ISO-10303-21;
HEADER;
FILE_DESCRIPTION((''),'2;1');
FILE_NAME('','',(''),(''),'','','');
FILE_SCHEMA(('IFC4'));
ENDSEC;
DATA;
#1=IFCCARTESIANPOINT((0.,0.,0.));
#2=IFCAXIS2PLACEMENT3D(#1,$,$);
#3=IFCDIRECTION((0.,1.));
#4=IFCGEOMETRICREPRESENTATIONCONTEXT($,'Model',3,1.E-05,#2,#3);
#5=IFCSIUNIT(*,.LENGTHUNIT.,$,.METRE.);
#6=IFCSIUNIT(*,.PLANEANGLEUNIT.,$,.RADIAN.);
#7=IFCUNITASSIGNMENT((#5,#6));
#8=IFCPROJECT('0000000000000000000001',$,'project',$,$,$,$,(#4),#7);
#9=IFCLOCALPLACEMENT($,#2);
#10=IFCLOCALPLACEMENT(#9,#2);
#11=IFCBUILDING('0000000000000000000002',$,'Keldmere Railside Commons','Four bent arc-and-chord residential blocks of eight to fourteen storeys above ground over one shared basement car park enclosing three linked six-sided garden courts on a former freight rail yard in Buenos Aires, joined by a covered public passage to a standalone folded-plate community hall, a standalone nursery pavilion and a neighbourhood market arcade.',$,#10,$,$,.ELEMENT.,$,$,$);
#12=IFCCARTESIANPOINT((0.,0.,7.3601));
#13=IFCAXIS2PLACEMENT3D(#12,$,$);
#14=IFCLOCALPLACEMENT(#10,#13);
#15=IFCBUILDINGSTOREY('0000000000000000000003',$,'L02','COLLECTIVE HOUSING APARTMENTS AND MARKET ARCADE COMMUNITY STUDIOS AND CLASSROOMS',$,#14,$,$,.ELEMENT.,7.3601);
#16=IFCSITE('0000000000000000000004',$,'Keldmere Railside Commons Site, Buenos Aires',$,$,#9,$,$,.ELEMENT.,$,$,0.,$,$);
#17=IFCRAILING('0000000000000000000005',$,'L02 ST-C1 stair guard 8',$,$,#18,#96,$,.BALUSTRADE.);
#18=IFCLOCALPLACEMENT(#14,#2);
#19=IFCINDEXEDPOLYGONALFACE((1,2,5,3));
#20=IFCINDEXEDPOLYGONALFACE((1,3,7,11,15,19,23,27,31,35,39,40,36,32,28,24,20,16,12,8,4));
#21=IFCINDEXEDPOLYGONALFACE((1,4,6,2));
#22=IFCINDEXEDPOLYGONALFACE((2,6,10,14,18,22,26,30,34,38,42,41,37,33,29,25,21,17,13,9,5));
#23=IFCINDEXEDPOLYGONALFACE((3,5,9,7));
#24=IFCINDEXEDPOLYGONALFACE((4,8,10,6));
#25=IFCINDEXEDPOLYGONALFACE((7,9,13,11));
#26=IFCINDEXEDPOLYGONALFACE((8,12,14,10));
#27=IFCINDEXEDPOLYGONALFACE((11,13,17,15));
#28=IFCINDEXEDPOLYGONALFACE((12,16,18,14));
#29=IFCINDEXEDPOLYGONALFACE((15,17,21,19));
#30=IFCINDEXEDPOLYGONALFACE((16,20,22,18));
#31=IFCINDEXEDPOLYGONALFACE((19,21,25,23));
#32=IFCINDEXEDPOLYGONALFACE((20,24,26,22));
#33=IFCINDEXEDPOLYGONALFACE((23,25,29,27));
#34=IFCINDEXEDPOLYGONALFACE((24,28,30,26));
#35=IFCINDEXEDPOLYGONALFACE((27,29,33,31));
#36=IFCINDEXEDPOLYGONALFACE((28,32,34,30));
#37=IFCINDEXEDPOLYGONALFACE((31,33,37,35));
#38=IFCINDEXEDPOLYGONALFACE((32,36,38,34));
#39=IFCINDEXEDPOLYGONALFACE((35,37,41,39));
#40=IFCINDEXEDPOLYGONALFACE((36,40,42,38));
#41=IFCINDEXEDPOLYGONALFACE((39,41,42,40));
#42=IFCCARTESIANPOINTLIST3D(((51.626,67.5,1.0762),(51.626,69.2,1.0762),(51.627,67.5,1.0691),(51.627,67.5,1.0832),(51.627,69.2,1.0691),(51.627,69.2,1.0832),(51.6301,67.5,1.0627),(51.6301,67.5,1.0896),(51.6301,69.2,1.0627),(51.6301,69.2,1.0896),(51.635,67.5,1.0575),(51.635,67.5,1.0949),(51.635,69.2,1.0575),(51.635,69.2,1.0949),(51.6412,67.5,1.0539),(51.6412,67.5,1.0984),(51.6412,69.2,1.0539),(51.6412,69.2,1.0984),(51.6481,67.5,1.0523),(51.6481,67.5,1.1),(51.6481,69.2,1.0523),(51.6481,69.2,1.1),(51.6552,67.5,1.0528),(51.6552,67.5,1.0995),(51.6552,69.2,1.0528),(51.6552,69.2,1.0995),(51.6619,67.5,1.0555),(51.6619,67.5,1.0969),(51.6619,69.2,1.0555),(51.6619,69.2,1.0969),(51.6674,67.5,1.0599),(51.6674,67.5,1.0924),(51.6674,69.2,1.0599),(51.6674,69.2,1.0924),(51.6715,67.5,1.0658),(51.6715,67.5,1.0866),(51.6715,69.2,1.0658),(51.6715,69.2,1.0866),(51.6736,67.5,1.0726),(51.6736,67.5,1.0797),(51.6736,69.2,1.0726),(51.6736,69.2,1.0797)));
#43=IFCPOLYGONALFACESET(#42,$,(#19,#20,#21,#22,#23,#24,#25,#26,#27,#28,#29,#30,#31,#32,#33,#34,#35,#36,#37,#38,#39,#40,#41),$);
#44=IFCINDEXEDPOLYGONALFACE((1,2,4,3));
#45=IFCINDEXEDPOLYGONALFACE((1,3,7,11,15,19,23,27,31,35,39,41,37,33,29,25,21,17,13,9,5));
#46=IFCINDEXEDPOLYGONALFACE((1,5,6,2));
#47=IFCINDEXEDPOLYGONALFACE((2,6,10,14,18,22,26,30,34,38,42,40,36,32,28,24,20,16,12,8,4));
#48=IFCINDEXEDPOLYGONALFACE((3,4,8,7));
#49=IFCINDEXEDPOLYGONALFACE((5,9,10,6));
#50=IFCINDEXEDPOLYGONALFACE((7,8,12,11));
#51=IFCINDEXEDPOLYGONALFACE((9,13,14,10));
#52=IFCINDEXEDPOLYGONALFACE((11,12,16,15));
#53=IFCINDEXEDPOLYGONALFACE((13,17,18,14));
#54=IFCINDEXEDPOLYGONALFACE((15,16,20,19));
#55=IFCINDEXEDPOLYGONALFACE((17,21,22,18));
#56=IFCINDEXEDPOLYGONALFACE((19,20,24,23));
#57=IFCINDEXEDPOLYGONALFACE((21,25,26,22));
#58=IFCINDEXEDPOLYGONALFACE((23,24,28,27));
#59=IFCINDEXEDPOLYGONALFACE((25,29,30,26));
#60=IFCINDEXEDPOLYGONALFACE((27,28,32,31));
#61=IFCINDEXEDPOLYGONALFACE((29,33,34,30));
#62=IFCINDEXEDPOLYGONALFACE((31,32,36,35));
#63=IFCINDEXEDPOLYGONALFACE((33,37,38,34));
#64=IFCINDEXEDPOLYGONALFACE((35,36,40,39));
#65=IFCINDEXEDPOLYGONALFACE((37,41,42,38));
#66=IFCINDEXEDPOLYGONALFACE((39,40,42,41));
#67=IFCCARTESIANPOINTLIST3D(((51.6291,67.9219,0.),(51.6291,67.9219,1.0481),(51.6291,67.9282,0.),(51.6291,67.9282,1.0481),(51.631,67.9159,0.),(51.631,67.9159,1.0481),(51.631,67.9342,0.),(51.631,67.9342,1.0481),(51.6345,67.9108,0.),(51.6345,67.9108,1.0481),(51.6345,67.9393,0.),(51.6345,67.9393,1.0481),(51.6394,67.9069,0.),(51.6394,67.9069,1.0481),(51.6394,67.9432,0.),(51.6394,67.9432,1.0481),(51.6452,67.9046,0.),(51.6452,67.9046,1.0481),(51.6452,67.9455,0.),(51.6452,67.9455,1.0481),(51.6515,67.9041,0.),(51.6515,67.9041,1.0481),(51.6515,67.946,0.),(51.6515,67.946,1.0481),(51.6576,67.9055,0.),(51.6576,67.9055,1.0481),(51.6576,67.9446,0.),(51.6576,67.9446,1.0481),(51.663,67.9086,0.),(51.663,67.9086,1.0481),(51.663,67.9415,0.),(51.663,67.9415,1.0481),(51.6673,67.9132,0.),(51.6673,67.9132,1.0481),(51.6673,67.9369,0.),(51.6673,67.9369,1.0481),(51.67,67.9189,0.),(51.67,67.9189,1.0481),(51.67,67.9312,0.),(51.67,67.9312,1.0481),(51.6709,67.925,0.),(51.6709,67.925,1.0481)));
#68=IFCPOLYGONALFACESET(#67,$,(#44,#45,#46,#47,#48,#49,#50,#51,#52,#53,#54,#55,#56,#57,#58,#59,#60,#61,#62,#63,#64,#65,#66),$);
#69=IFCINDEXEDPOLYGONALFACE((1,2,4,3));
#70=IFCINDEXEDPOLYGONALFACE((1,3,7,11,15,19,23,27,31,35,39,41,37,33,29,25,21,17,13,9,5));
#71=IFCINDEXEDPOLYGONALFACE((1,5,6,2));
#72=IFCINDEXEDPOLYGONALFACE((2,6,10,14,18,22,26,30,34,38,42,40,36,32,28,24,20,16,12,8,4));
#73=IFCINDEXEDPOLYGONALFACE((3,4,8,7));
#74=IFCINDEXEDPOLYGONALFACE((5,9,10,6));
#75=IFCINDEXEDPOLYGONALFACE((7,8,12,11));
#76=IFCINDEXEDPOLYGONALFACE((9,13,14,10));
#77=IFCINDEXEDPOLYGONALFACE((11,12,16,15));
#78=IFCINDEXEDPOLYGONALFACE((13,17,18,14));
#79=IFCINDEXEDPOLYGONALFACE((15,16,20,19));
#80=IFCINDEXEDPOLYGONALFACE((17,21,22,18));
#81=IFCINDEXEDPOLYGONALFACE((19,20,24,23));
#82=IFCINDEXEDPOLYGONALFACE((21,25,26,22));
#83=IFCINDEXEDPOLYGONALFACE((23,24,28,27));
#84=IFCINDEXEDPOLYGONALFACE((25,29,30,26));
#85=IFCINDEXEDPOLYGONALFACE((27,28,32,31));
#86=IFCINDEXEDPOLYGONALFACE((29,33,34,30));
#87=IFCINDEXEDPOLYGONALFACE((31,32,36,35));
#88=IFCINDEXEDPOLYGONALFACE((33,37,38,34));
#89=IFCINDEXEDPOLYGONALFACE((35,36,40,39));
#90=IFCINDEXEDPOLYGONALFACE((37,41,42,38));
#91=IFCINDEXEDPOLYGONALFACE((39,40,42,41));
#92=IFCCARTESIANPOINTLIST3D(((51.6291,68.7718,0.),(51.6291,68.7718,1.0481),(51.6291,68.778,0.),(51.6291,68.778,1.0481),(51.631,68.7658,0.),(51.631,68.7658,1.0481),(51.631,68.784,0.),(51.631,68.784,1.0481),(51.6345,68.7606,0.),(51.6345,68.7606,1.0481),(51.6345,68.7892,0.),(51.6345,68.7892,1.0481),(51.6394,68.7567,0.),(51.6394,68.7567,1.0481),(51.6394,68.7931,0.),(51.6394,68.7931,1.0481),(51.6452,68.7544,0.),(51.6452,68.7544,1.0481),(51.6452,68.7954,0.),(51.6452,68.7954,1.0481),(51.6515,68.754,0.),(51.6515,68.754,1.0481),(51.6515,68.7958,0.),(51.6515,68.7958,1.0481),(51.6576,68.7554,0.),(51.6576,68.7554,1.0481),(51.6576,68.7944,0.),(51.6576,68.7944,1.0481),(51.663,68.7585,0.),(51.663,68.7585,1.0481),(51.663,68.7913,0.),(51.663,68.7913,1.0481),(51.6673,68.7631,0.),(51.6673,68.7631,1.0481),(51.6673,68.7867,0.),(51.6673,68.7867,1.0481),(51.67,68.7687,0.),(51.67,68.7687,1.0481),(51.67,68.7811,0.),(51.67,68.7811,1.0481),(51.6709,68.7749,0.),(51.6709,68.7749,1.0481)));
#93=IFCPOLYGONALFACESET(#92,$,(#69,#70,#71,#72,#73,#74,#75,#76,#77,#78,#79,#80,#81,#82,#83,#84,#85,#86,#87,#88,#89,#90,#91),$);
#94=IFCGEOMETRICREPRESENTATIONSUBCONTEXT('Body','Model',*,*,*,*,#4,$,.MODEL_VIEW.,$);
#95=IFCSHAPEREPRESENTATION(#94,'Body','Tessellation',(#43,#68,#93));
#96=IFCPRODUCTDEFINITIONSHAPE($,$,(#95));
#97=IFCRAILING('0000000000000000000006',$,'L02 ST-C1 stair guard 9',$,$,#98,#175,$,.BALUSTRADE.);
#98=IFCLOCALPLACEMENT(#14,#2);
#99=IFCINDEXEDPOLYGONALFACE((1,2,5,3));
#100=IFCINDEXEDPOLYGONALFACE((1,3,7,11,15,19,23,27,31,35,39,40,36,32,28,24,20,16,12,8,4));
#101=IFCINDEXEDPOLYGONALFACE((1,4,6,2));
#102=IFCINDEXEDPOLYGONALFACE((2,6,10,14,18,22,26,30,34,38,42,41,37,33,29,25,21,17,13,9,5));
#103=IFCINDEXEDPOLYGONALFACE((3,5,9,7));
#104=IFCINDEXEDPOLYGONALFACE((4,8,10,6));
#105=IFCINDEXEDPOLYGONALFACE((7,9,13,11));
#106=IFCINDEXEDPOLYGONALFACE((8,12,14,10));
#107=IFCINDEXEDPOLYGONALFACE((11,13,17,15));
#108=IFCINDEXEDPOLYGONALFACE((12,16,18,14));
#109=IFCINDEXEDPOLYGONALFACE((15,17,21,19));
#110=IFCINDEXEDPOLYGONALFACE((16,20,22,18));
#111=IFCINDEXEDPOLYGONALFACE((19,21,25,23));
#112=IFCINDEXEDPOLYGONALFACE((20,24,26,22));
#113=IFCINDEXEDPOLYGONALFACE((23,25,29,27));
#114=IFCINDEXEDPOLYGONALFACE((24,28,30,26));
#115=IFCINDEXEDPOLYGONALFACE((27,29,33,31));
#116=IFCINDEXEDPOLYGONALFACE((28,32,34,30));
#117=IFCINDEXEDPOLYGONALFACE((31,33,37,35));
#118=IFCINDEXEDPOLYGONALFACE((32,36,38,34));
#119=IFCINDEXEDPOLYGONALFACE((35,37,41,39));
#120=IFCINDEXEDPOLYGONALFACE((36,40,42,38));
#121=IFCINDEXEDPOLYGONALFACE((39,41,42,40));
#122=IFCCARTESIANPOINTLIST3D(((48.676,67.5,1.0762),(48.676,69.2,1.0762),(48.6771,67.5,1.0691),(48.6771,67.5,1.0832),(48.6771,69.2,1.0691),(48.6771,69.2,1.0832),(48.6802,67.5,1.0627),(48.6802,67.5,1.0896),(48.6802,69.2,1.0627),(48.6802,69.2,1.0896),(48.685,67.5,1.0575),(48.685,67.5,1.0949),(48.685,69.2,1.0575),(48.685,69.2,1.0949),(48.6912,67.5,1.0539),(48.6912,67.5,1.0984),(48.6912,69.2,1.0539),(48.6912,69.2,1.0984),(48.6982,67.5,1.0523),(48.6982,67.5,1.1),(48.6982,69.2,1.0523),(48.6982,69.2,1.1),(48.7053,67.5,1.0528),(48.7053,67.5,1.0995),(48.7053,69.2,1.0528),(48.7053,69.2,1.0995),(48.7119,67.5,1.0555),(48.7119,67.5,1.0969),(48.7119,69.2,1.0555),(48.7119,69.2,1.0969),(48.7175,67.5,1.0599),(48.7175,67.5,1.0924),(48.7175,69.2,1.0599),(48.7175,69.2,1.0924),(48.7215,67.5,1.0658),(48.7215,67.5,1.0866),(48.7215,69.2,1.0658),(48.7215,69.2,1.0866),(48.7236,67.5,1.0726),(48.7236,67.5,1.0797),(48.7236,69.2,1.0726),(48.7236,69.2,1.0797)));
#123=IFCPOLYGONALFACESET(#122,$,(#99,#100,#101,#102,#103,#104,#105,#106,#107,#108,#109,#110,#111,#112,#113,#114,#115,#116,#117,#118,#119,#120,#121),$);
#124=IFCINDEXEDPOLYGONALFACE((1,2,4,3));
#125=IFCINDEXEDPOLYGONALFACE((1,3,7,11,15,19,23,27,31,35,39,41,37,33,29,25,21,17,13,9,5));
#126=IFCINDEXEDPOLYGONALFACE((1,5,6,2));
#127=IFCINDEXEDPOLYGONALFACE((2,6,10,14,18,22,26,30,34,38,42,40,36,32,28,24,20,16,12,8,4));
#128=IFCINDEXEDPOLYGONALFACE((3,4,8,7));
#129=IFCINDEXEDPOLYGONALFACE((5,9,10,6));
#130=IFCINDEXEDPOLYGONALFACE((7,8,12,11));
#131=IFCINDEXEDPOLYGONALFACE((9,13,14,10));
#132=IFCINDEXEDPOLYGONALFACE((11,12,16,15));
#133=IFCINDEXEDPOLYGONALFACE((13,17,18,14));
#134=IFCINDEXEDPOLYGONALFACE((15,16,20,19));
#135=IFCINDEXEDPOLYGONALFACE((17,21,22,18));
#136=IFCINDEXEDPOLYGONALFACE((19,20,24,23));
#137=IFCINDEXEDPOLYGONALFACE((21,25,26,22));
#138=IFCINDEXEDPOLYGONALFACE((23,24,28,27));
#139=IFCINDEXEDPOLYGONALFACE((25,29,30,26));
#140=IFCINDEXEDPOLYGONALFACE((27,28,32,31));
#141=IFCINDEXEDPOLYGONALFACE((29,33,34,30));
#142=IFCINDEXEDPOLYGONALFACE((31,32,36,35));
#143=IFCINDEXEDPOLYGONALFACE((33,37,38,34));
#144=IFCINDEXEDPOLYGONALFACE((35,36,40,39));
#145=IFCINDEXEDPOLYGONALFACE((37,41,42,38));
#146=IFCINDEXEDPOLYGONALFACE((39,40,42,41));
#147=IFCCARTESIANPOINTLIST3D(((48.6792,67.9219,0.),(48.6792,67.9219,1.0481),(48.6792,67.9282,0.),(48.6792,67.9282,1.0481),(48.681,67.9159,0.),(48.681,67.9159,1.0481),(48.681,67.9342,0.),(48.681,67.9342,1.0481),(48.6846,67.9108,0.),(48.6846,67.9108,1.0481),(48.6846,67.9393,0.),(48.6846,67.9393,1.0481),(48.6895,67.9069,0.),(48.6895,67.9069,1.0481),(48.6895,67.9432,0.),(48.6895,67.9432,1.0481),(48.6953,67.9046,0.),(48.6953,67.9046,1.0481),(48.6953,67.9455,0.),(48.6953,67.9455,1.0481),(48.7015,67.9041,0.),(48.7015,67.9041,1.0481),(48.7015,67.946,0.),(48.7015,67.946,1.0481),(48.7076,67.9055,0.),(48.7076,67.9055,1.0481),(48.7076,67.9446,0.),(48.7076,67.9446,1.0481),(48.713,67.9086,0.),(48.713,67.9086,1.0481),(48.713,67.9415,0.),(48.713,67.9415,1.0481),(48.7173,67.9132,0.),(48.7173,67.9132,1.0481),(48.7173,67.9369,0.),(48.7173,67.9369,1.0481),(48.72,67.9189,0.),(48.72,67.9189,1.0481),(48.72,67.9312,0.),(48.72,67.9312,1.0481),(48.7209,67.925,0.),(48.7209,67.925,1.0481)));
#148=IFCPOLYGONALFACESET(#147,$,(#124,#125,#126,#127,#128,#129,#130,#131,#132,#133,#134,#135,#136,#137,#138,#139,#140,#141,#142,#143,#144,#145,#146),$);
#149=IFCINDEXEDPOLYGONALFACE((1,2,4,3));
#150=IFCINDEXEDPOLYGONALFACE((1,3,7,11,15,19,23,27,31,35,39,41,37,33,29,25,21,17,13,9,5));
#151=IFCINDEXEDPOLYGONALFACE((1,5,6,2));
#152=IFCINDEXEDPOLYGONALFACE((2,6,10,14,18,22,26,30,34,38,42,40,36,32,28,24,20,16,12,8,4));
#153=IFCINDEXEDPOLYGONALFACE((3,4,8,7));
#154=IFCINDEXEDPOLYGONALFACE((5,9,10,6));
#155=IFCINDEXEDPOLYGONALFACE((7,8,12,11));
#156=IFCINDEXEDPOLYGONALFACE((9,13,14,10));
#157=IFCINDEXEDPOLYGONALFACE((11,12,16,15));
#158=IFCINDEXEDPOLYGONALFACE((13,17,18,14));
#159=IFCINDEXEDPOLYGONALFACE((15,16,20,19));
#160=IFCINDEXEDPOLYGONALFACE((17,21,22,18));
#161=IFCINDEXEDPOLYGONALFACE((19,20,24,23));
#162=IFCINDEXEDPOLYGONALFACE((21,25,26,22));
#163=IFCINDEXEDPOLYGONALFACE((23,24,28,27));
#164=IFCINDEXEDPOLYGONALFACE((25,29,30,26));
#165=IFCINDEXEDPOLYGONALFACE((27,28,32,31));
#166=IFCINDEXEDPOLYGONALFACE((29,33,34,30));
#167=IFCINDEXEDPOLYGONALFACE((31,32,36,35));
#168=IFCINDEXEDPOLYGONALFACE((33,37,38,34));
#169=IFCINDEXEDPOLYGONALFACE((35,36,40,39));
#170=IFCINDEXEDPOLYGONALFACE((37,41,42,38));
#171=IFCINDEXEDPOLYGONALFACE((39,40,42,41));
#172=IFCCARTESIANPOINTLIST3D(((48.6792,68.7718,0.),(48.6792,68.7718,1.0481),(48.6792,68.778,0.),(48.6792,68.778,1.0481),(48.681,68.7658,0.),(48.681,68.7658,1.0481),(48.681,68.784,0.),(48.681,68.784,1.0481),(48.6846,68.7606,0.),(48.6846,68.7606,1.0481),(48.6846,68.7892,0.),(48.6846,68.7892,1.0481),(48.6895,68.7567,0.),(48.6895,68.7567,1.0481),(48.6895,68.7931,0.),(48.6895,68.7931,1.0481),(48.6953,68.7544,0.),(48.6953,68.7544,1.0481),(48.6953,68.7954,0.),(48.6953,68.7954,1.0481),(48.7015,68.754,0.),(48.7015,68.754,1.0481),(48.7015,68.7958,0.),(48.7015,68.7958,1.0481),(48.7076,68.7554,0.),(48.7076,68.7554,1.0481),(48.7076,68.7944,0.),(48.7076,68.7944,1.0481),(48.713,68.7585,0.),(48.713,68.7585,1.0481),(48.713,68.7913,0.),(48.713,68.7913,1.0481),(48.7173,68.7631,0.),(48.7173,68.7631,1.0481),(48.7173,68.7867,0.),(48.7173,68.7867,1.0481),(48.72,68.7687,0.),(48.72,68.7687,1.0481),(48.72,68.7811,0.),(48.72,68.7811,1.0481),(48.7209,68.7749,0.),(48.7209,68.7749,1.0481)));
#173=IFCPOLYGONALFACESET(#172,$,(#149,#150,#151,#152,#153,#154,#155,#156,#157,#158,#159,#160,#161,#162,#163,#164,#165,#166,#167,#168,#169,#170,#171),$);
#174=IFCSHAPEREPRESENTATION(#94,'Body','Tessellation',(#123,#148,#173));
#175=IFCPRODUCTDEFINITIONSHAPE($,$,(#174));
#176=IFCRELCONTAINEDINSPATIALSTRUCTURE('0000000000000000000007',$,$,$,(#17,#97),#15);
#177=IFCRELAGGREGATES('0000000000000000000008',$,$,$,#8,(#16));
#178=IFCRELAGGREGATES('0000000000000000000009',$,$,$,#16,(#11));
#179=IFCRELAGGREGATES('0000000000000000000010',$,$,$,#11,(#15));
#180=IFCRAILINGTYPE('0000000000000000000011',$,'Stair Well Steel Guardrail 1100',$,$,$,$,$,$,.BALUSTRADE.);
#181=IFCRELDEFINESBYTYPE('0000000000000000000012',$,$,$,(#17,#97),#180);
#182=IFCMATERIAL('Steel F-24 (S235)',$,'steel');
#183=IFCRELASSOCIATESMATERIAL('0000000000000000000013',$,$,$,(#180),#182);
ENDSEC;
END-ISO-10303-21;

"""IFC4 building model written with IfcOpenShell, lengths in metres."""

from ifc_helpers import new_model, si_unit, direction, frame, origin, origin_2d, place, context, subcontext, project, spatial, circle, extrude, material, type_object, element, save


model = new_model("IFC4")

# Units and contexts
model_context = context("Model", 3, precision=1e-05, world=origin(), true_north=direction((0.0, 1.0)))
body_context = subcontext(model_context, "Body", "Model", "MODEL_VIEW")
ifc_project = project(units=[si_unit("LENGTHUNIT", "METRE"), si_unit("PLANEANGLEUNIT", "RADIAN")], contexts=[model_context])

# Site, building, storey
site_placement = place(None, origin())
site = spatial("IfcSite", under=ifc_project, at=site_placement, Name="Keldmere Railside Commons Site, Buenos Aires", CompositionType="ELEMENT", RefElevation=0.0)
building_placement = place(site_placement, origin())
building = spatial("IfcBuilding", under=site, at=building_placement, Name="Keldmere Railside Commons", Description="Four bent arc-and-chord residential blocks of eight to fourteen storeys above ground over one shared basement car park enclosing three linked six-sided garden courts on a former freight rail yard in Buenos Aires, joined by a covered public passage to a standalone folded-plate community hall, a standalone nursery pavilion and a neighbourhood market arcade.", CompositionType="ELEMENT")
storey_placement = place(building_placement, frame((0.0, 0.0, 7.3601)))
storey = spatial("IfcBuildingStorey", under=building, at=storey_placement, Name="L02", Description="COLLECTIVE HOUSING APARTMENTS AND MARKET ARCADE COMMUNITY STUDIOS AND CLASSROOMS", CompositionType="ELEMENT", Elevation=7.3601)

# Shared definitions
ifc_material_1 = material(Name="Steel F-24 (S235)", Category="steel")

# Railings
railing_type_1 = type_object("IfcRailingType", Name="Stair Well Steel Guardrail 1100", PredefinedType="BALUSTRADE", material=ifc_material_1)
for number, where, name in (
    (1, (51.6499, 67.5, 0.0), "L02 ST-C1 stair guard 8"),
    (2, (48.7, 67.5, 0.0), "L02 ST-C1 stair guard 9"),
):
    element("IfcRailing", number, at=place(storey_placement, frame(where)), inside=storey, type_object=railing_type_1, Name=name, PredefinedType="BALUSTRADE", context=body_context, shape_type="SweptSolid", body=[
        extrude(circle(Radius=0.0239, at=origin_2d()), frame((0.0, 0.0, 1.0762), z_axis=(0.0, 1.0, 0.0), x_axis=(-1.0, 0.0, 0.0)), (0.0, 0.0, 1.0), 1.7),
        extrude(circle(Radius=0.021, at=origin_2d()), frame((0.0, 0.425, 0.0)), (0.0, 0.0, 1.0), 1.0481),
        extrude(circle(Radius=0.021, at=origin_2d()), frame((0.0, 1.2749, 0.0)), (0.0, 0.0, 1.0), 1.0481),
    ])

save(model, "model.ifc")
